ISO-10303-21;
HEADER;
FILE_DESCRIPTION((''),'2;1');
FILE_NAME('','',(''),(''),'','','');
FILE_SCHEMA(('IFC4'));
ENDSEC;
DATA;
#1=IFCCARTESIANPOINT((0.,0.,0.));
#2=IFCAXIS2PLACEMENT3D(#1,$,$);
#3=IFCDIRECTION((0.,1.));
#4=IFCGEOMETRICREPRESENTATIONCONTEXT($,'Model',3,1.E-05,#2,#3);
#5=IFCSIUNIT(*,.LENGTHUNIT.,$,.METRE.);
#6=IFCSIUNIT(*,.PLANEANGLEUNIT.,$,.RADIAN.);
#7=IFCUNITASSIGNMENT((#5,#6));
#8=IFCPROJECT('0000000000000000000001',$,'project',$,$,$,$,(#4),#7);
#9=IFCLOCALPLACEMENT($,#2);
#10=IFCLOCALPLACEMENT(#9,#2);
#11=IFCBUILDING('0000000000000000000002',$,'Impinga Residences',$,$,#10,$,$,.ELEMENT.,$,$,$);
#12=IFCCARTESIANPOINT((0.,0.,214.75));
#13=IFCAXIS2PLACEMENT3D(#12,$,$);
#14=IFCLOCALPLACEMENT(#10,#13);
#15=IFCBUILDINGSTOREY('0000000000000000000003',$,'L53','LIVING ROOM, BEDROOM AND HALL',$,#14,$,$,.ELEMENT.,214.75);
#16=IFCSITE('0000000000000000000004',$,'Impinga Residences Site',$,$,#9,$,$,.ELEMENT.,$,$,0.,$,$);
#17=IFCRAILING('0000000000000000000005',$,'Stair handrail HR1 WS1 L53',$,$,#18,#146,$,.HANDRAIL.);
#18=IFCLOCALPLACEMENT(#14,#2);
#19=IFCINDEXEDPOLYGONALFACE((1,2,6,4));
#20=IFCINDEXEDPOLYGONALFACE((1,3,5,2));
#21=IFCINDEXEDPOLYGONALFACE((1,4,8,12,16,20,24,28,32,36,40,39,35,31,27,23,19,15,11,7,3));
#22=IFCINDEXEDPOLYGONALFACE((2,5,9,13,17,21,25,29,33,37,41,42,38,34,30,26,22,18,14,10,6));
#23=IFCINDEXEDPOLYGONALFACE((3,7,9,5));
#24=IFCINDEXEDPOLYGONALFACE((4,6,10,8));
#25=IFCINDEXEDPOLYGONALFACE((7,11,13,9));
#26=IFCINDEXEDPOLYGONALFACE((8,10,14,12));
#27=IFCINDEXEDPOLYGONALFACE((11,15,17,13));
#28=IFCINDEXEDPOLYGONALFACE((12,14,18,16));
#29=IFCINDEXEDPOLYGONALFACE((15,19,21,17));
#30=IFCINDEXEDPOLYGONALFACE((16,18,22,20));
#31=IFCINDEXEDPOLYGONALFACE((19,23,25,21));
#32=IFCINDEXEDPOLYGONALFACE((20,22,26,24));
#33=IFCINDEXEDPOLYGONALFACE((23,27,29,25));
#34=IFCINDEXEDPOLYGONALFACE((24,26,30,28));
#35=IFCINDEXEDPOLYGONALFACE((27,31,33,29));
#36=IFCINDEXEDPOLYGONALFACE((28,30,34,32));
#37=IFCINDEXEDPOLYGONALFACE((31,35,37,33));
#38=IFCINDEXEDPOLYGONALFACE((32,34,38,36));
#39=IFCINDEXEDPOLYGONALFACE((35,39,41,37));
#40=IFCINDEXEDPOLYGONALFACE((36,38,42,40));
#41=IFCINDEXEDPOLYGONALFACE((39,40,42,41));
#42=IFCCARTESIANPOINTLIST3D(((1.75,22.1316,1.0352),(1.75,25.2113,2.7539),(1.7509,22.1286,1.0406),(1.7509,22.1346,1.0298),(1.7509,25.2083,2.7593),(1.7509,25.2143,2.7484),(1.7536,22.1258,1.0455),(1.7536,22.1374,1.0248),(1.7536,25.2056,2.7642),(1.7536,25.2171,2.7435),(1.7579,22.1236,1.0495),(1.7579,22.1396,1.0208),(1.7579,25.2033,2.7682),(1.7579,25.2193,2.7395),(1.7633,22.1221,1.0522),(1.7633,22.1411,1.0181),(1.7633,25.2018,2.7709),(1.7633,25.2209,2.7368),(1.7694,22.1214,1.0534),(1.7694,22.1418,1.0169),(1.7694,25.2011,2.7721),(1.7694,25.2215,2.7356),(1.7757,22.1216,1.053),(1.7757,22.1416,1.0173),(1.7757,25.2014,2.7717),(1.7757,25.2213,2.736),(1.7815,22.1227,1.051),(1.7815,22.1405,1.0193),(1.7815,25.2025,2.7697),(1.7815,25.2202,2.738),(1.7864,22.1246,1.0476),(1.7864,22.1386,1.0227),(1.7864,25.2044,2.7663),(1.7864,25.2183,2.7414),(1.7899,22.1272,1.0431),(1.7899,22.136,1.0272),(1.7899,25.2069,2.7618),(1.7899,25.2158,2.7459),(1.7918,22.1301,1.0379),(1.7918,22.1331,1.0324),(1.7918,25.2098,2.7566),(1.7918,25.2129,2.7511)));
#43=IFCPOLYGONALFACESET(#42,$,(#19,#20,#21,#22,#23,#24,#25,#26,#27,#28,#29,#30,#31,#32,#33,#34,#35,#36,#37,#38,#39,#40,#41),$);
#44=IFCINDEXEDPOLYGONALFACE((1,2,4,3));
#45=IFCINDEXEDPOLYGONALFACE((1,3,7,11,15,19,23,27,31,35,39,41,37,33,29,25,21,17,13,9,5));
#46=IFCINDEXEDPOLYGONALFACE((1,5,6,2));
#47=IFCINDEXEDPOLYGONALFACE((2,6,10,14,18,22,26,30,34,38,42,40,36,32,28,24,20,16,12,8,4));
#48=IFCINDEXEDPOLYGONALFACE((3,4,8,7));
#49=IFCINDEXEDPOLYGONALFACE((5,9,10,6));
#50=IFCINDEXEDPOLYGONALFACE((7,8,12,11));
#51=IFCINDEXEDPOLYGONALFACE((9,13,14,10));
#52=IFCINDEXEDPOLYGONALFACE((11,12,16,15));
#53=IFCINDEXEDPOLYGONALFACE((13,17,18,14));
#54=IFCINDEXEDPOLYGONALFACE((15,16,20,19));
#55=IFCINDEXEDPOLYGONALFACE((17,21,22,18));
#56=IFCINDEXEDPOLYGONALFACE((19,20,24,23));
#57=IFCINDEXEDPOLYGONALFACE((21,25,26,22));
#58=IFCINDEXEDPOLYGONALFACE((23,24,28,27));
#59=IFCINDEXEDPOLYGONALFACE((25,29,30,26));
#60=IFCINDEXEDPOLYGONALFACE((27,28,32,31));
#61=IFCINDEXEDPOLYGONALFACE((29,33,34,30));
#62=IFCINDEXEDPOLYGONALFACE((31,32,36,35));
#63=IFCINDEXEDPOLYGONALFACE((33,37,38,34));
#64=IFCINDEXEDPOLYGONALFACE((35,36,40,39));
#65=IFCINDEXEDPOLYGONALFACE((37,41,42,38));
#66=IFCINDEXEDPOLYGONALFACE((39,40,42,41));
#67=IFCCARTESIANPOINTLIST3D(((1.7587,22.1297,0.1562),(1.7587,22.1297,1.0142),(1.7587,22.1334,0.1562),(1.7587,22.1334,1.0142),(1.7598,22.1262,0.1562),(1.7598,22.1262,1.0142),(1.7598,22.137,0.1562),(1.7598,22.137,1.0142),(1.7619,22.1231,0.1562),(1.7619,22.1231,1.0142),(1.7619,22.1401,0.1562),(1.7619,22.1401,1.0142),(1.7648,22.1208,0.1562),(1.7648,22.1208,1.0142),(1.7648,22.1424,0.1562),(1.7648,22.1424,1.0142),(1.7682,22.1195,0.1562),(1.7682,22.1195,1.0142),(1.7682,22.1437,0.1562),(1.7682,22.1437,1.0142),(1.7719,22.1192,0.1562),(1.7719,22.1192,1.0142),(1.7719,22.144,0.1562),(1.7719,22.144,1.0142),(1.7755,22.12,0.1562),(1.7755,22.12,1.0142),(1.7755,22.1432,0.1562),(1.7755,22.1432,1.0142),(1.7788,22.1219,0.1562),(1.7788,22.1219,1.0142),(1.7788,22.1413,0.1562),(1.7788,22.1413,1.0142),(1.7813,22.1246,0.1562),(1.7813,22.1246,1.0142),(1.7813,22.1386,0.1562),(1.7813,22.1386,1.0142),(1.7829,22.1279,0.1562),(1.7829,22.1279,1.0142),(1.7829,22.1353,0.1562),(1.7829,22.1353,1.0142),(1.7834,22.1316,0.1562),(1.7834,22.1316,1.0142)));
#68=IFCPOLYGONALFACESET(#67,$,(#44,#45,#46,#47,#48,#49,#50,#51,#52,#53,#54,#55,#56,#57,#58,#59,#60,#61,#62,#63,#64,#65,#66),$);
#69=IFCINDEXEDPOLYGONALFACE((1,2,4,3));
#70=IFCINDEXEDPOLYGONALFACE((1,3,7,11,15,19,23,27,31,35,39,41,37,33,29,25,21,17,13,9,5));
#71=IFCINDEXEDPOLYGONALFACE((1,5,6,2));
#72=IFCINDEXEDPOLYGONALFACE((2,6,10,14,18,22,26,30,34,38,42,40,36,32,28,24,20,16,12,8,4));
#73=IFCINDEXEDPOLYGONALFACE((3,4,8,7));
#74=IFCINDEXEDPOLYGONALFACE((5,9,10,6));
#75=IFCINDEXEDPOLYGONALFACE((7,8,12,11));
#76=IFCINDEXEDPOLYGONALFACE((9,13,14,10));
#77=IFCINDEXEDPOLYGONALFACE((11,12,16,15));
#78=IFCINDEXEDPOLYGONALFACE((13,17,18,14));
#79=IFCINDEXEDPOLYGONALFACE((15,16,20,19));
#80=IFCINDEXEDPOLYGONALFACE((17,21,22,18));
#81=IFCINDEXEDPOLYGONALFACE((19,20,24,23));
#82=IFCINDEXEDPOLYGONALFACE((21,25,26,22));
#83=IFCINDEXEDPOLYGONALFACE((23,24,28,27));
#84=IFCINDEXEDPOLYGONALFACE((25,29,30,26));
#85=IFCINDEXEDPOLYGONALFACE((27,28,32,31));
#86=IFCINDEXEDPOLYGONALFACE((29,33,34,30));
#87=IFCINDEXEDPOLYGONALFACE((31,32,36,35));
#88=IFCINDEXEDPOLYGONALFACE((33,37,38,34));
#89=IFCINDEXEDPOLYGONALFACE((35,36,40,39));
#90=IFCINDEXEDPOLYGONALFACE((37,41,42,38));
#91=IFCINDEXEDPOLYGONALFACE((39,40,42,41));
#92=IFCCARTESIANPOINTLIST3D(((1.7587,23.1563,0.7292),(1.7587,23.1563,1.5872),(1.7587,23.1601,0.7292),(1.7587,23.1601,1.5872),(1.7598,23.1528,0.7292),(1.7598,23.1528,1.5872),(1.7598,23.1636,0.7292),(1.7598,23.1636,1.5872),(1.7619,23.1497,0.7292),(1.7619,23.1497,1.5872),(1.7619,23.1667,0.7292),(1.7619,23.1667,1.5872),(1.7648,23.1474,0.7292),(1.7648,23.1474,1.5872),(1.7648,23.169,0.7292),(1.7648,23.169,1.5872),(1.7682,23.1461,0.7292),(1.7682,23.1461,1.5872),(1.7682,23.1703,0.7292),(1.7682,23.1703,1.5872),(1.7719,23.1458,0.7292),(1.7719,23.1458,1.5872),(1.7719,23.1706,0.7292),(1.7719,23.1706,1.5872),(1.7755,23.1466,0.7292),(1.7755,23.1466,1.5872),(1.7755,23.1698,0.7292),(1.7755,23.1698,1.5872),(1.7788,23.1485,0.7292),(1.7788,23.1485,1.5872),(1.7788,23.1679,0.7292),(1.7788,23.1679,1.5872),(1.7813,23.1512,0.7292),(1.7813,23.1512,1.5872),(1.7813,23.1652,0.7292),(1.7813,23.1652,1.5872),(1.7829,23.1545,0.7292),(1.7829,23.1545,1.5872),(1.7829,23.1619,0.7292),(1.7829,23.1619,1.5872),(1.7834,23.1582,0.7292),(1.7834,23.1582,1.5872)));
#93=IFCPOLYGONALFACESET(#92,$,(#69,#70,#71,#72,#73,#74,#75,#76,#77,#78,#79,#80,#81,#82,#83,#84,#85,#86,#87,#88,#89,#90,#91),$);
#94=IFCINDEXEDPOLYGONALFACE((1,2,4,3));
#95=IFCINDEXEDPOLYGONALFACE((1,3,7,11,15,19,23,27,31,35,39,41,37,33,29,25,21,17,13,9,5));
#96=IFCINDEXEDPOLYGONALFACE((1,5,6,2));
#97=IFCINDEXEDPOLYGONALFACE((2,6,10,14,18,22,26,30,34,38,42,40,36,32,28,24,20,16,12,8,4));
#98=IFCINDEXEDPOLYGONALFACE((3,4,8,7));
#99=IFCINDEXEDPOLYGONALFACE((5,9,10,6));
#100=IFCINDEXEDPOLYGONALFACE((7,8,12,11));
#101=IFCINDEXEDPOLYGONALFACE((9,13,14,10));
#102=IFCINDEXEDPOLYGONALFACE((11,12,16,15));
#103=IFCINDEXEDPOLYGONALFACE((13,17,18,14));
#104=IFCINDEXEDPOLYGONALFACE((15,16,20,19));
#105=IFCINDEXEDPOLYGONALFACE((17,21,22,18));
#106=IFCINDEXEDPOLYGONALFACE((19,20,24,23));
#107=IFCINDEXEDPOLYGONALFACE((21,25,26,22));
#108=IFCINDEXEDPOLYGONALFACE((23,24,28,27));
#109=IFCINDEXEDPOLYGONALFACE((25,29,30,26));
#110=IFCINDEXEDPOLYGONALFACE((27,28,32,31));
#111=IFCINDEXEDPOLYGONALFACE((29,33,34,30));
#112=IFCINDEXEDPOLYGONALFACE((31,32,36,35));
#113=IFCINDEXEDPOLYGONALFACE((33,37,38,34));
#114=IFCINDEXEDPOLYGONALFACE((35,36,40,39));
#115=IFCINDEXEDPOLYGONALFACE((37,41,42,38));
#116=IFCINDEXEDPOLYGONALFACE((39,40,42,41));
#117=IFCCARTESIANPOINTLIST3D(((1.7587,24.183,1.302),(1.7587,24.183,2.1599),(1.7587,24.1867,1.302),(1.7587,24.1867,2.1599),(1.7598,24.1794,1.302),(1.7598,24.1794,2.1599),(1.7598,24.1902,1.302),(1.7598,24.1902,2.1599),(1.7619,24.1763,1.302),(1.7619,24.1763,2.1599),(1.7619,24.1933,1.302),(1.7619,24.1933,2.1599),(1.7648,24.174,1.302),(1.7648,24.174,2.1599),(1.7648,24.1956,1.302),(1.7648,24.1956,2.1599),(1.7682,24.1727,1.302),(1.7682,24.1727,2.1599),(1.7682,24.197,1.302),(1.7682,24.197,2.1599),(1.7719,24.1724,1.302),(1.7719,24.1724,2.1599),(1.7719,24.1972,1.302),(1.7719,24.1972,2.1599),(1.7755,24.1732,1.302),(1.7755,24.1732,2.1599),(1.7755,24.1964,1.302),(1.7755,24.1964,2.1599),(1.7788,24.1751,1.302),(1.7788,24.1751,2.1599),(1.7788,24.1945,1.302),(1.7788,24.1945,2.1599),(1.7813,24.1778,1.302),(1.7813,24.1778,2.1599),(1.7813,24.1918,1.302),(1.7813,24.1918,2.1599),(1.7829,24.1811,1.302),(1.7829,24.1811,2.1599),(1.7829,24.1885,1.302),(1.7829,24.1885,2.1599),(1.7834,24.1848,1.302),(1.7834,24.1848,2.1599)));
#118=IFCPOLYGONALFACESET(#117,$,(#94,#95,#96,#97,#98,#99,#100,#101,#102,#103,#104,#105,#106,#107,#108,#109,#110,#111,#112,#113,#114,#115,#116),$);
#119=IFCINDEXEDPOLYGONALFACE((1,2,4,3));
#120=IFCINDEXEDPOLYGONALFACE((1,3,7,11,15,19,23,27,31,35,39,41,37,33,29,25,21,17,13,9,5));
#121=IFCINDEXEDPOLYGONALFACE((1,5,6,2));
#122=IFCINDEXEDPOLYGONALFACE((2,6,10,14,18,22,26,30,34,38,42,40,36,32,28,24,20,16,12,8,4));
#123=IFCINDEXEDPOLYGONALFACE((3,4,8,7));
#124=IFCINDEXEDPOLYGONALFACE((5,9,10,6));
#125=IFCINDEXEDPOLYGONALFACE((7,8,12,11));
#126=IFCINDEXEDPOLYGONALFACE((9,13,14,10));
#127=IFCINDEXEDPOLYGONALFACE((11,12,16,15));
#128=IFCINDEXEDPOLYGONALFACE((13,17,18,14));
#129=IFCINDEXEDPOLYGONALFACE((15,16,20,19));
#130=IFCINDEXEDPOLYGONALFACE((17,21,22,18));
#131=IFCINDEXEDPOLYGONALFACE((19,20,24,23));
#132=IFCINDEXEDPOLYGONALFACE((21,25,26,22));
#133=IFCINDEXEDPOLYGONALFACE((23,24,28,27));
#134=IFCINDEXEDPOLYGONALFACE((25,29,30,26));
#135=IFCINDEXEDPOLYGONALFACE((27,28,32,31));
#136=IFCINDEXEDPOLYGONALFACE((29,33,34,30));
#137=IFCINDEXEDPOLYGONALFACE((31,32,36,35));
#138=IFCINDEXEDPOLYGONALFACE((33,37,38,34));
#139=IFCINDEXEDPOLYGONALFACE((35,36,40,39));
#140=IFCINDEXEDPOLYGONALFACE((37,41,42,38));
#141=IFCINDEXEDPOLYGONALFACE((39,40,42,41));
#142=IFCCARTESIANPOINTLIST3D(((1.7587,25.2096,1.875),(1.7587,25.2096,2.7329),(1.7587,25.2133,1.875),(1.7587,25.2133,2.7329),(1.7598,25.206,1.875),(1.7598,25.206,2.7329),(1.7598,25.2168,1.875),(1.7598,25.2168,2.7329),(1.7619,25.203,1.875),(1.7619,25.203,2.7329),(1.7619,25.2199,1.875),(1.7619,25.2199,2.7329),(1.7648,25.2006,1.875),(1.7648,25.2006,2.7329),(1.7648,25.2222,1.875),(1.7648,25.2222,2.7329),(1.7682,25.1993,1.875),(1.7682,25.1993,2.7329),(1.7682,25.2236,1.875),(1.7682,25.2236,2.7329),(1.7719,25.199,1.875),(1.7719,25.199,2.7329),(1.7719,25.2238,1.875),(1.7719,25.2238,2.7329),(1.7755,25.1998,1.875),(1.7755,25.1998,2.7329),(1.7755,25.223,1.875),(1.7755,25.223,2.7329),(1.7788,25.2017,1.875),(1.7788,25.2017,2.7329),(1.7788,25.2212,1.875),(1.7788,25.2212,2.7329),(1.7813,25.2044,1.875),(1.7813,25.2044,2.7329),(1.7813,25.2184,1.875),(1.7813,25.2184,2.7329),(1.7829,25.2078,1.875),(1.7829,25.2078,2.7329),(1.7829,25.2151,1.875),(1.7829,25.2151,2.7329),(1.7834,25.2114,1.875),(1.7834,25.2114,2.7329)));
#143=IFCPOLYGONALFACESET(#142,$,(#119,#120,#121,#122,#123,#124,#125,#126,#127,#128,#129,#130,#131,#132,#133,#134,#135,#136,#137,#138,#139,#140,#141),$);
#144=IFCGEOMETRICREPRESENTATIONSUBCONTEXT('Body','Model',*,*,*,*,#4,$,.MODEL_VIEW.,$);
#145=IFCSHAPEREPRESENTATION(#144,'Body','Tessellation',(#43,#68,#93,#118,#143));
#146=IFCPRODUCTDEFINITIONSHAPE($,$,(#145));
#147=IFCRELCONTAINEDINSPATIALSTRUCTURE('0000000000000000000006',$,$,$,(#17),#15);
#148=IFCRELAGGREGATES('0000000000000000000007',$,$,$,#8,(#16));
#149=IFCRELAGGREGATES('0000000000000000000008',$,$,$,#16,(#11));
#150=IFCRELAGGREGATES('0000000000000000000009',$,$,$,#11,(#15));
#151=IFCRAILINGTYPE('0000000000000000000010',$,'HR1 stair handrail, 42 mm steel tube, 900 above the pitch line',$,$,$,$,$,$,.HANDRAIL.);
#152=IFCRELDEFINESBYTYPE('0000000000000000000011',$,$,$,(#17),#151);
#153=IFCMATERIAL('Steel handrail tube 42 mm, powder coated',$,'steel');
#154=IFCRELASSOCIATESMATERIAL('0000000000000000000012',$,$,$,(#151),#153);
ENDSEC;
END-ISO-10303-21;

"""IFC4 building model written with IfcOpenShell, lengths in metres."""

from ifc_helpers import new_model, si_unit, direction, frame, origin, origin_2d, place, context, subcontext, project, spatial, circle, extrude, material, type_object, element, save


model = new_model("IFC4")

# Units and contexts
model_context = context("Model", 3, precision=1e-05, world=origin(), true_north=direction((0.0, 1.0)))
body_context = subcontext(model_context, "Body", "Model", "MODEL_VIEW")
ifc_project = project(units=[si_unit("LENGTHUNIT", "METRE"), si_unit("PLANEANGLEUNIT", "RADIAN")], contexts=[model_context])

# Site, building, storey
site_placement = place(None, origin())
site = spatial("IfcSite", under=ifc_project, at=site_placement, Name="Impinga Residences Site", CompositionType="ELEMENT", RefElevation=0.0)
building_placement = place(site_placement, origin())
building = spatial("IfcBuilding", under=site, at=building_placement, Name="Impinga Residences", CompositionType="ELEMENT")
storey_placement = place(building_placement, frame((0.0, 0.0, 214.75)))
storey = spatial("IfcBuildingStorey", under=building, at=storey_placement, Name="L53", Description="LIVING ROOM, BEDROOM AND HALL", CompositionType="ELEMENT", Elevation=214.75)

# Railing
ifc_material_1 = material(Name="Steel handrail tube 42 mm, powder coated", Category="steel")
railing_type_1 = type_object("IfcRailingType", Name="HR1 stair handrail, 42 mm steel tube, 900 above the pitch line", PredefinedType="HANDRAIL", material=ifc_material_1)
railing_1_placement = place(storey_placement, frame((1.771, 22.1316, 0.1562)))
element("IfcRailing", 1, at=railing_1_placement, inside=storey, type_object=railing_type_1, Name="Stair handrail HR1 WS1 L53", PredefinedType="HANDRAIL", context=body_context, shape_type="SweptSolid", body=[
    extrude(circle(Radius=0.021, at=origin_2d()), frame((0.0, 0.0, 0.8789), z_axis=(0.0, 0.873225, 0.487317), x_axis=(-1.0, 0.0, 0.0)), (0.0, 0.0, 1.0), 3.5269),
    extrude(circle(Radius=0.0125, at=origin_2d()), origin(), (0.0, 0.0, 1.0), 0.8579),
    extrude(circle(Radius=0.0125, at=origin_2d()), frame((0.0, 1.0266, 0.573)), (0.0, 0.0, 1.0), 0.8579),
    extrude(circle(Radius=0.0125, at=origin_2d()), frame((0.0, 2.0532, 1.1458)), (0.0, 0.0, 1.0), 0.8579),
    extrude(circle(Radius=0.0125, at=origin_2d()), frame((0.0, 3.0798, 1.7188)), (0.0, 0.0, 1.0), 0.8579),
])

save(model, "model.ifc")
